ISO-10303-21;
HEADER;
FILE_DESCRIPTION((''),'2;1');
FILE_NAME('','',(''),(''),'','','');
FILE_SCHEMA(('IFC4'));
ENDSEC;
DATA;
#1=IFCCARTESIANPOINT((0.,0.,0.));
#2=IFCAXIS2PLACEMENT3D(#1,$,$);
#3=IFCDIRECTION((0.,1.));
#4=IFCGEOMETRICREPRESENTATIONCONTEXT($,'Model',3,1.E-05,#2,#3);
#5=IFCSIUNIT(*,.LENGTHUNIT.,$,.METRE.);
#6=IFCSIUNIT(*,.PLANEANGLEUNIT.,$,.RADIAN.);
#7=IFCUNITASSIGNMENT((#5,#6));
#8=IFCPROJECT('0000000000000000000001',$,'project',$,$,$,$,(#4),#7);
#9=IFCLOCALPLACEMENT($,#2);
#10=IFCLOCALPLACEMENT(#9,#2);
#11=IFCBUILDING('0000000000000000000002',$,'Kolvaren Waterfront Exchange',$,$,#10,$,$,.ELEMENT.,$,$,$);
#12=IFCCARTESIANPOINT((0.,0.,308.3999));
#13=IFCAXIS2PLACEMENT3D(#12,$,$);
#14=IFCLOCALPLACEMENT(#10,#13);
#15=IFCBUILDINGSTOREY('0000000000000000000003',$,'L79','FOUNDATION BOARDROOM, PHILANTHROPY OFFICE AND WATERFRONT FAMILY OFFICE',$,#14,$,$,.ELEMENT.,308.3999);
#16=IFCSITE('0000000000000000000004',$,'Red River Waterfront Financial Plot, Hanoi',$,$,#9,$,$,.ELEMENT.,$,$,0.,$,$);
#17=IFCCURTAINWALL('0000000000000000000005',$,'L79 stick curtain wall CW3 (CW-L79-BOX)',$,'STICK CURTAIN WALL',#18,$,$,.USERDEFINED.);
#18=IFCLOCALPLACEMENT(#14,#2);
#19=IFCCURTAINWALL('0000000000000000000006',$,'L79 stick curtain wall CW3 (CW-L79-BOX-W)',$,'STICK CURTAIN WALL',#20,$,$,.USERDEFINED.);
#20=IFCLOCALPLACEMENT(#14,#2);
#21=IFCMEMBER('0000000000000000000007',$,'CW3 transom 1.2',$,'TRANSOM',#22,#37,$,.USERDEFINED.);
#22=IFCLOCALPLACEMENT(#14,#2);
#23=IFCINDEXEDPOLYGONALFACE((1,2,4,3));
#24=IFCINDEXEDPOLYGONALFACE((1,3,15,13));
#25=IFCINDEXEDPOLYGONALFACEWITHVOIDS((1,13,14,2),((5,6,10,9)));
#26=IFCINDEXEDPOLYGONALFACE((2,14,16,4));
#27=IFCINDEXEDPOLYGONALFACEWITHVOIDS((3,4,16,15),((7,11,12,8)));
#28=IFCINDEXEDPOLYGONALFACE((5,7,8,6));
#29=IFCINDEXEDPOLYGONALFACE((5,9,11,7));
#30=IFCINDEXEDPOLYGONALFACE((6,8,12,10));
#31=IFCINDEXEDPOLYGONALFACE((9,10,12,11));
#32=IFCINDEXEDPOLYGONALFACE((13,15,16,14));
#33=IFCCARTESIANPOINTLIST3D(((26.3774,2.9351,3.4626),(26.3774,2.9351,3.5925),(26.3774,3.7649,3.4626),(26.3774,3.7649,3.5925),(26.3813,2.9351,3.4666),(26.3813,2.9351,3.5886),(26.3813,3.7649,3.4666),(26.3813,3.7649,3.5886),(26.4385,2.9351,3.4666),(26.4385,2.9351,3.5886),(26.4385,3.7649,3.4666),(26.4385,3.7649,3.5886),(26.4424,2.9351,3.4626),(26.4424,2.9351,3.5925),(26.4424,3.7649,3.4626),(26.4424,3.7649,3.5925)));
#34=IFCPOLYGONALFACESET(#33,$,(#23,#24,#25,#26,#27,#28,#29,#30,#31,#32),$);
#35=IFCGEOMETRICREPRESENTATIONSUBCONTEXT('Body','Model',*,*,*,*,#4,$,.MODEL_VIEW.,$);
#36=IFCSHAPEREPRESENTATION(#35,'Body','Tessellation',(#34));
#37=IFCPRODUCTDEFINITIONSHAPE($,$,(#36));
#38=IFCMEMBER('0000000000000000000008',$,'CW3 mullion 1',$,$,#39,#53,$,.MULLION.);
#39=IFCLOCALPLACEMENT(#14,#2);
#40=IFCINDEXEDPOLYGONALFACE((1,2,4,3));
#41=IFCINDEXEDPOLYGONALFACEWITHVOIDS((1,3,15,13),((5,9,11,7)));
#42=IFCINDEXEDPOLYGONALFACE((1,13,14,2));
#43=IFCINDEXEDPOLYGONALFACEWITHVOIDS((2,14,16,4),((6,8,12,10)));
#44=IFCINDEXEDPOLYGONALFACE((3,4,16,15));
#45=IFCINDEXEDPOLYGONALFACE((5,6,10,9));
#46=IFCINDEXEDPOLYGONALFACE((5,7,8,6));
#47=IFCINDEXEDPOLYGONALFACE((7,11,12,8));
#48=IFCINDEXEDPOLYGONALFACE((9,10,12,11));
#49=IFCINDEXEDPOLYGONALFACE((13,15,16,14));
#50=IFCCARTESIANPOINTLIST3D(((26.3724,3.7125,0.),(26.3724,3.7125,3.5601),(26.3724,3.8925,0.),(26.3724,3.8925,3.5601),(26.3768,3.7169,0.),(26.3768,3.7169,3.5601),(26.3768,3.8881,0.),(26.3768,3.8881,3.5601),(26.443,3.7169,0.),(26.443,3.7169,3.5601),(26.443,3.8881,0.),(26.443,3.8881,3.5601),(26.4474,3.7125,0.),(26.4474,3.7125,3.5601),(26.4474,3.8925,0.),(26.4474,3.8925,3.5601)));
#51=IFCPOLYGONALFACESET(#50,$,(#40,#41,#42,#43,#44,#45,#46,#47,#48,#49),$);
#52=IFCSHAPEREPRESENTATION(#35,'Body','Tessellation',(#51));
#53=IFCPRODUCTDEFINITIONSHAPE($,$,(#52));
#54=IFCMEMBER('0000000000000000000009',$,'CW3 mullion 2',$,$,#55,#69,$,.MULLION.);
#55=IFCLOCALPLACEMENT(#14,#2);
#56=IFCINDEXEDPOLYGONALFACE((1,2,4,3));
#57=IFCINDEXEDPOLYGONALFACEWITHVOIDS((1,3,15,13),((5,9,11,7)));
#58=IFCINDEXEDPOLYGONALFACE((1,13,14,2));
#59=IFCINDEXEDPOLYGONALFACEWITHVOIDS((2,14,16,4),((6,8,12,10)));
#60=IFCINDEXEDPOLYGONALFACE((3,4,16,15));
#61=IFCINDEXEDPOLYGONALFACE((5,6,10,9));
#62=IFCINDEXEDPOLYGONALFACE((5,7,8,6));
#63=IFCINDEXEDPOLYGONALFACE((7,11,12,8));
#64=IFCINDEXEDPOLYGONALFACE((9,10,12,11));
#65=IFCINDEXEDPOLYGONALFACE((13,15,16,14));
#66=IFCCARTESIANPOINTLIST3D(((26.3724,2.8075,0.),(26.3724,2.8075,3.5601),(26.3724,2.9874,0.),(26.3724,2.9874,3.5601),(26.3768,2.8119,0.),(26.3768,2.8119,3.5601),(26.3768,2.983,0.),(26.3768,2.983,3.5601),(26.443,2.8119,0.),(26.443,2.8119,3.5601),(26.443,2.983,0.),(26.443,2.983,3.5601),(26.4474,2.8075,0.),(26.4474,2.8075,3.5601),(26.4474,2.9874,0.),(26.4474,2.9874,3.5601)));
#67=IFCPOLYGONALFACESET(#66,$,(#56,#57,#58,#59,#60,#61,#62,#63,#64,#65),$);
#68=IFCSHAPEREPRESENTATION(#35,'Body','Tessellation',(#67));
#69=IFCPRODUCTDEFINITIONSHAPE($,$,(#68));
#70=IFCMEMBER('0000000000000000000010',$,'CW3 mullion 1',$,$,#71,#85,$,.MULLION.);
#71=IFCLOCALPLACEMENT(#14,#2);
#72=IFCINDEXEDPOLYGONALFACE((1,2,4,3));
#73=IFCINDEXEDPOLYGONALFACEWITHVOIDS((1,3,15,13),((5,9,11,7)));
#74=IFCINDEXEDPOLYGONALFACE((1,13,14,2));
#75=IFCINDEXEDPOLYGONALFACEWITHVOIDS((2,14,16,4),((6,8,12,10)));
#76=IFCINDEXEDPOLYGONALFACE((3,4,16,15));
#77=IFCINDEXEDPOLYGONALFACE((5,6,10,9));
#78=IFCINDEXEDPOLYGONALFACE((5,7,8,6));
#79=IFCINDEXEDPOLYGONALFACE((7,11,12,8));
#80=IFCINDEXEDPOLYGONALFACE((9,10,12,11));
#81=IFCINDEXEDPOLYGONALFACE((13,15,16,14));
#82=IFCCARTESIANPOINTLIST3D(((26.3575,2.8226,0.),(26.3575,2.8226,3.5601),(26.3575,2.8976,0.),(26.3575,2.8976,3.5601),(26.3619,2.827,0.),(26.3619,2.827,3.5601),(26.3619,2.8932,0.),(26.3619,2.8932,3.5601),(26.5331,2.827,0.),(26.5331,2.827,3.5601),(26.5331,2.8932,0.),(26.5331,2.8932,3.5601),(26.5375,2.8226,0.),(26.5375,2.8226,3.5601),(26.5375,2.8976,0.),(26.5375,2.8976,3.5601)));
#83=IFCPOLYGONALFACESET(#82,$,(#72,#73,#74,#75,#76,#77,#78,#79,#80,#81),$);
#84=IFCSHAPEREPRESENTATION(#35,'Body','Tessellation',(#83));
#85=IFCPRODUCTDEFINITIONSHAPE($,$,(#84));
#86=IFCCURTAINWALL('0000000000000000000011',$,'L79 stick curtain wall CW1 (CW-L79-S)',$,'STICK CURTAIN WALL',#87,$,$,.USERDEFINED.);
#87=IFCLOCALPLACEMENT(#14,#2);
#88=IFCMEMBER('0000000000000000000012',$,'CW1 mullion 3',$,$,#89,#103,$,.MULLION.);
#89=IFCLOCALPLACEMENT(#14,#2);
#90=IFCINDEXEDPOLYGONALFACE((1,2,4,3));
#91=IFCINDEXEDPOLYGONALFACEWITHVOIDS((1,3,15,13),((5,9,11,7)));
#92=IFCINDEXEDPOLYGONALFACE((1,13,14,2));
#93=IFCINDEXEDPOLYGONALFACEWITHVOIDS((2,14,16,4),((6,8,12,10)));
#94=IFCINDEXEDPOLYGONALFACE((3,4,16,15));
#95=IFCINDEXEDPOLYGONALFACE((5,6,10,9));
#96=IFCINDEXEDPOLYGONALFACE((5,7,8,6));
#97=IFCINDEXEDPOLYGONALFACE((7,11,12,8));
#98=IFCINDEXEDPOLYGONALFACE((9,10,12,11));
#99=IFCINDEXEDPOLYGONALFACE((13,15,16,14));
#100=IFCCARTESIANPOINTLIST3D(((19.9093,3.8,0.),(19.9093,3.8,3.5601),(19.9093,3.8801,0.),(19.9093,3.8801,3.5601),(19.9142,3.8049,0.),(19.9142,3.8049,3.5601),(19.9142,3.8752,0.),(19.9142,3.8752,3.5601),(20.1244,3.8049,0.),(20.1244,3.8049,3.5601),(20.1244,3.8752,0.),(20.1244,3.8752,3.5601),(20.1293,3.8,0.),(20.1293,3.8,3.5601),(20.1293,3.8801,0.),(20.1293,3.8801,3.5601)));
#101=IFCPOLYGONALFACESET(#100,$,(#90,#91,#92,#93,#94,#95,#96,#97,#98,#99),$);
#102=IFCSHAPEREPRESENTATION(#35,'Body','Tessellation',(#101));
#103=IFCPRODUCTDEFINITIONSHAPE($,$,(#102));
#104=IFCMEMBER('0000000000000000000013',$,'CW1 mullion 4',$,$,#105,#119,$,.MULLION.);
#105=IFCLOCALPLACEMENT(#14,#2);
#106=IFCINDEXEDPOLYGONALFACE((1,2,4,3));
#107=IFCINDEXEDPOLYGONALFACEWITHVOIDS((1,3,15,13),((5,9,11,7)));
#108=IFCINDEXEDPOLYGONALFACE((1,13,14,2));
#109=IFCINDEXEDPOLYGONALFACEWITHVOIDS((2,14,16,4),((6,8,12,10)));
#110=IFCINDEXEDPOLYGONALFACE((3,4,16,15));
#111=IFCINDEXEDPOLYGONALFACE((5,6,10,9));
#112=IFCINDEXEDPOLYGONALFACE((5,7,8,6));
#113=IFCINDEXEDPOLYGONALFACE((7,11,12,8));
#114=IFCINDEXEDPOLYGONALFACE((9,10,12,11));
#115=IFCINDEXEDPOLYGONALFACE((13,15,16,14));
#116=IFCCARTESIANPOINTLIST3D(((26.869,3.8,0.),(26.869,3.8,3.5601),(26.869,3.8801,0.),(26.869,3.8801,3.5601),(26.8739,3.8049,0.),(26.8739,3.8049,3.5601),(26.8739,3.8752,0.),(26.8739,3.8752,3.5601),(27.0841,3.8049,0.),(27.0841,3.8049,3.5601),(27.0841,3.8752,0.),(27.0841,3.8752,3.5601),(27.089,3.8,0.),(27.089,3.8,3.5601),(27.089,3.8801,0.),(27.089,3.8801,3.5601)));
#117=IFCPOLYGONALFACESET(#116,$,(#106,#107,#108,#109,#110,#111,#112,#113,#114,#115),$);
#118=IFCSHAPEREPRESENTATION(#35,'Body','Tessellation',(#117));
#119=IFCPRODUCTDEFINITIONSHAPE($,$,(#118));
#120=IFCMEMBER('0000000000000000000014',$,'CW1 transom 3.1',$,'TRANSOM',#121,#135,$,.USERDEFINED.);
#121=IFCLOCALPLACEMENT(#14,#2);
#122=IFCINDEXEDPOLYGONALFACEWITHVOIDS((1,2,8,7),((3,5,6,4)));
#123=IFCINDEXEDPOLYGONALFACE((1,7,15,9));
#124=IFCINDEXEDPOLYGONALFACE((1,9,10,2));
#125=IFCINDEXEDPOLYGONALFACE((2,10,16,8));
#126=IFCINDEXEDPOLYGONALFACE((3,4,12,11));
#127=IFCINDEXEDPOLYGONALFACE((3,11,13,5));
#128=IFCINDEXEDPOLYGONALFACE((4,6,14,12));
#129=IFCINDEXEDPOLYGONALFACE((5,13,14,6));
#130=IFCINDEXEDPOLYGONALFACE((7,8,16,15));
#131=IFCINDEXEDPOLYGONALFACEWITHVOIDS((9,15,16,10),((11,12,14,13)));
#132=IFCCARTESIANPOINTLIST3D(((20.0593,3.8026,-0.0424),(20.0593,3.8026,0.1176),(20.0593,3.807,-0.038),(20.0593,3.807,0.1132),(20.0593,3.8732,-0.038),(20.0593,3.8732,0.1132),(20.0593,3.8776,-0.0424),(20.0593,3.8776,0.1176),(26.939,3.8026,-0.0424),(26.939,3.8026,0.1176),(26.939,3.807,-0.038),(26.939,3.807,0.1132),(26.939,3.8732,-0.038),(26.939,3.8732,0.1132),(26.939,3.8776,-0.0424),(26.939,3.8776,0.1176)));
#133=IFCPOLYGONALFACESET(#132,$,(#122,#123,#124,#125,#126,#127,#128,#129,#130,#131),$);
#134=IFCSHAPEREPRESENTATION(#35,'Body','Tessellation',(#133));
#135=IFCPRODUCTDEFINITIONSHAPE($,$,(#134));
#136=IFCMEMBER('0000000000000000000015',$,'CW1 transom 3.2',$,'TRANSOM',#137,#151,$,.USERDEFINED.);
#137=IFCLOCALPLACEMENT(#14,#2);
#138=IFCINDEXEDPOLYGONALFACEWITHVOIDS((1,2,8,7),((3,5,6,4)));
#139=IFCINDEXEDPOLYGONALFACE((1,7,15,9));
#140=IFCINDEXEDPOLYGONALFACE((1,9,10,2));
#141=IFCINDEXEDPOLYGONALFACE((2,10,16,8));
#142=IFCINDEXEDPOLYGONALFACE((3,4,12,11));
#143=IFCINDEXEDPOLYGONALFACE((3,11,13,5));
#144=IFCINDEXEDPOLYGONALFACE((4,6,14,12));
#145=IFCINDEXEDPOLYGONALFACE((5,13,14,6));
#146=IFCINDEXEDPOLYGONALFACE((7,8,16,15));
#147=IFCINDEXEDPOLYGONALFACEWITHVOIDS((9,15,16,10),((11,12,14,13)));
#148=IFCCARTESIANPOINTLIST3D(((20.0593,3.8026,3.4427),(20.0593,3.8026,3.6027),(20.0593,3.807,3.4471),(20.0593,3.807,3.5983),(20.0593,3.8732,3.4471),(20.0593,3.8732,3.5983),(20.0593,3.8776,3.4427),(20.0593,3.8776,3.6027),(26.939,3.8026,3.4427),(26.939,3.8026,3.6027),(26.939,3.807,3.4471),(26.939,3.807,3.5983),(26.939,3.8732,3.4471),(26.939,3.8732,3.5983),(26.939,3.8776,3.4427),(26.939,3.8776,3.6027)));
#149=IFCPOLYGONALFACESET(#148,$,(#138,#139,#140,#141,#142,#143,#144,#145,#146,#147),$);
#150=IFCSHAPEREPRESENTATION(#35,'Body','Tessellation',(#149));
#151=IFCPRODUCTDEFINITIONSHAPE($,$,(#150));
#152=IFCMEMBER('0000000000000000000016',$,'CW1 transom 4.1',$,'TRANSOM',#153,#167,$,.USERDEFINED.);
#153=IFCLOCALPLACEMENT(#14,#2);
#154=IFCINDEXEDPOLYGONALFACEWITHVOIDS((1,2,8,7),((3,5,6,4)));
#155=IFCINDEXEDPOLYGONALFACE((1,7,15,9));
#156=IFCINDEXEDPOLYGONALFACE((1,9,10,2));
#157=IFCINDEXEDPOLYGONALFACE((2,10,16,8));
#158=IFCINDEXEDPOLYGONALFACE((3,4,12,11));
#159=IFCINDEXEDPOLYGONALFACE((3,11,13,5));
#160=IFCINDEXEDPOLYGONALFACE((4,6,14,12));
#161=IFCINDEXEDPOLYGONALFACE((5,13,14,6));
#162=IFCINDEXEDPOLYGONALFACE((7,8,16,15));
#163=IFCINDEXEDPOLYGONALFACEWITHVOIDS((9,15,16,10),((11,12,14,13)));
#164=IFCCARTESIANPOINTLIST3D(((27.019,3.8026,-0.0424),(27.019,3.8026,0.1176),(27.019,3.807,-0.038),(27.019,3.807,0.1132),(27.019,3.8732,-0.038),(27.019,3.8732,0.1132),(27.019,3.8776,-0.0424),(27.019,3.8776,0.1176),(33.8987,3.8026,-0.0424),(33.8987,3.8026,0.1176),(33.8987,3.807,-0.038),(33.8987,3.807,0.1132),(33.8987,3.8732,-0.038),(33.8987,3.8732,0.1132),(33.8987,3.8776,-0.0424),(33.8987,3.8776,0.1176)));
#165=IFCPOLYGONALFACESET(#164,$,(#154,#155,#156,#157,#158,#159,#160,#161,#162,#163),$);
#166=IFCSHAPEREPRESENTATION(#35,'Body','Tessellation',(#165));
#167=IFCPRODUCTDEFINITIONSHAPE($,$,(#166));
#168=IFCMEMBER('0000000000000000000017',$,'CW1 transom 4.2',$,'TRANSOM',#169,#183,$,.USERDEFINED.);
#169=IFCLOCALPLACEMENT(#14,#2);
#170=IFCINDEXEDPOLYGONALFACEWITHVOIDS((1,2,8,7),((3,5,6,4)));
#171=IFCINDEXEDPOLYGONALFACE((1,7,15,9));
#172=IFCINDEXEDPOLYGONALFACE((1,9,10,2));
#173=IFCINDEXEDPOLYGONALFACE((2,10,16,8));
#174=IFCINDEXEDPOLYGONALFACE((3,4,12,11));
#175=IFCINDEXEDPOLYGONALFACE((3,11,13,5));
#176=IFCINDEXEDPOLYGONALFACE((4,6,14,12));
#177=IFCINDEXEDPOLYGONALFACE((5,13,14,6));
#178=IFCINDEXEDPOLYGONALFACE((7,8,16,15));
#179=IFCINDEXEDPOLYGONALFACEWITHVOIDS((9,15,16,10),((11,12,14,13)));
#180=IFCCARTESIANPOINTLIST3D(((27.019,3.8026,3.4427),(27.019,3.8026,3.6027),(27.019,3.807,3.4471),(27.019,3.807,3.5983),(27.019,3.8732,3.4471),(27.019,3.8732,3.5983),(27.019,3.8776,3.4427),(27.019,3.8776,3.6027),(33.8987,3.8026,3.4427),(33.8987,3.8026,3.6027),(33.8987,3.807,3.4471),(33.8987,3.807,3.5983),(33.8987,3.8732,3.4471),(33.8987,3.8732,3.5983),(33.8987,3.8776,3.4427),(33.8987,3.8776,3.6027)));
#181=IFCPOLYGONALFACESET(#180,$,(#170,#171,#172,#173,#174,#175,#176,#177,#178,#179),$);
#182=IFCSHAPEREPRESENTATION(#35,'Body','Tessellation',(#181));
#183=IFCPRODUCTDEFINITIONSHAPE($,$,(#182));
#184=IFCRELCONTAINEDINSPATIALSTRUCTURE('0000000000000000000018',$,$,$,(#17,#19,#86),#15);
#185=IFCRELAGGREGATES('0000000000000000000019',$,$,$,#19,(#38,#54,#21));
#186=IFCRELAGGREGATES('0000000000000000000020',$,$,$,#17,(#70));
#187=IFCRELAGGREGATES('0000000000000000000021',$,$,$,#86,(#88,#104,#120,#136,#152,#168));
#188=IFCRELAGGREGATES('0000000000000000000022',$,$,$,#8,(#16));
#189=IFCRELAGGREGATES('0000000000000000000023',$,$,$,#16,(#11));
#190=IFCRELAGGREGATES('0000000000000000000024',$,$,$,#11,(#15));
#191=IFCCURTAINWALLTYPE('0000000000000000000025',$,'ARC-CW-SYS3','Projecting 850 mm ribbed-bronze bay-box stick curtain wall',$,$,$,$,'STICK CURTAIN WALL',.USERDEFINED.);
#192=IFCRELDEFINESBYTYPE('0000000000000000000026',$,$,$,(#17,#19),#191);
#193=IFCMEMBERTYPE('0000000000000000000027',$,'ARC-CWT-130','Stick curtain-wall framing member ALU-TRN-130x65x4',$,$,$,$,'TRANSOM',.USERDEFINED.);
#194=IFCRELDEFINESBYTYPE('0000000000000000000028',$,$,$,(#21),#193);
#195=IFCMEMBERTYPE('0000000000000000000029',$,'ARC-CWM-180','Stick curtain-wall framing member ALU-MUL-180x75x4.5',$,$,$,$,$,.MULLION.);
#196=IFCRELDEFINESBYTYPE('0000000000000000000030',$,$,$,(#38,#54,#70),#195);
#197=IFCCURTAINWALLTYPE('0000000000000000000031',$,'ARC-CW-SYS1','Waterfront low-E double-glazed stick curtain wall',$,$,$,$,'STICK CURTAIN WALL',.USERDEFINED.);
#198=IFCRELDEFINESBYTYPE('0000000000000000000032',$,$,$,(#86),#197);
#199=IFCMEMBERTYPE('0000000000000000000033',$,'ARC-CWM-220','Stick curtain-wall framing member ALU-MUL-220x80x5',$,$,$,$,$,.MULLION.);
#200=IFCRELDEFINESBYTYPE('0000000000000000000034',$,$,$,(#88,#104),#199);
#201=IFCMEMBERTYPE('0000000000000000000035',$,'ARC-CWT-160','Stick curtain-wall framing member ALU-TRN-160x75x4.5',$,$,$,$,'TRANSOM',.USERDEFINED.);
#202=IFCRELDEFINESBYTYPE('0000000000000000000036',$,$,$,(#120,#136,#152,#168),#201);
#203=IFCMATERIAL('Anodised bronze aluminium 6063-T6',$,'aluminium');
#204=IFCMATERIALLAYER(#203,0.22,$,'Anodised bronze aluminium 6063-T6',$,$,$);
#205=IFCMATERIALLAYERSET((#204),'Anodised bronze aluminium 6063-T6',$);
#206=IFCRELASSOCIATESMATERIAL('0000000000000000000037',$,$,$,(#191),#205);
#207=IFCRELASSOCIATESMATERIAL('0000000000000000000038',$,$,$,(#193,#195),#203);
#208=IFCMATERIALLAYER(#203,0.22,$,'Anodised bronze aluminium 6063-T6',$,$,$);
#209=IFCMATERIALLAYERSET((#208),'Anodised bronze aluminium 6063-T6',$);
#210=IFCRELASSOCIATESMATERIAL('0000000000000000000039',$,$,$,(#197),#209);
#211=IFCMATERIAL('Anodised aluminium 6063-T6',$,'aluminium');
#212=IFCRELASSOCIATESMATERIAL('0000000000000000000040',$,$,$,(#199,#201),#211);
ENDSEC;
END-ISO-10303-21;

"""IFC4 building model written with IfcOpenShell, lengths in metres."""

from ifc_helpers import new_model, si_unit, direction, frame, origin, origin_with_axes, origin_2d, place, context, subcontext, project, spatial, hollow_rectangle, extrude, source, transform, mapped, material, layer, layer_set, material_profile, profile_set, type_object, element, aggregate, save


model = new_model("IFC4")

# Units and contexts
model_context = context("Model", 3, precision=1e-05, world=origin(), true_north=direction((0.0, 1.0)))
body_context = subcontext(model_context, "Body", "Model", "MODEL_VIEW")
ifc_project = project(units=[si_unit("LENGTHUNIT", "METRE"), si_unit("PLANEANGLEUNIT", "RADIAN")], contexts=[model_context])

# Site, building, storey
site_placement = place(None, origin())
site = spatial("IfcSite", under=ifc_project, at=site_placement, Name="Red River Waterfront Financial Plot, Hanoi", CompositionType="ELEMENT", RefElevation=0.0)
building_placement = place(site_placement, origin())
building = spatial("IfcBuilding", under=site, at=building_placement, Name="Kolvaren Waterfront Exchange", CompositionType="ELEMENT")
storey_placement = place(building_placement, frame((0.0, 0.0, 308.3999)))
storey = spatial("IfcBuildingStorey", under=building, at=storey_placement, Name="L79", Description="FOUNDATION BOARDROOM, PHILANTHROPY OFFICE AND WATERFRONT FAMILY OFFICE", CompositionType="ELEMENT", Elevation=308.3999)

# Curtain walls, members
ifc_material_1 = material(Name="Anodised bronze aluminium 6063-T6", Category="aluminium")
ifc_layer_1 = layer(ifc_material_1, 0.22, Name="Anodised bronze aluminium 6063-T6")
ifc_layer_set_1 = layer_set([ifc_layer_1], Name="Anodised bronze aluminium 6063-T6")
curtain_wall_type_1 = type_object("IfcCurtainWallType", Name="ARC-CW-SYS3", Description="Projecting 850 mm ribbed-bronze bay-box stick curtain wall", ElementType="STICK CURTAIN WALL", PredefinedType="USERDEFINED", material=ifc_layer_set_1)
curtain_wall_1_placement = place(storey_placement, origin())
curtain_wall_1 = element("IfcCurtainWall", 1, at=curtain_wall_1_placement, inside=storey, type_object=curtain_wall_type_1, Name="L79 stick curtain wall CW3 (CW-L79-BOX)", ObjectType="STICK CURTAIN WALL", PredefinedType="USERDEFINED")
ifc_material_profile_1 = material_profile(ifc_material_1, hollow_rectangle(XDim=0.0649, YDim=0.1299, WallThickness=0.0039, at=origin_2d()), Name="ALU-TRN-130x65x4")
ifc_profile_set_1 = profile_set([ifc_material_profile_1], Name="Anodised bronze aluminium 6063-T6")
member_type_1 = type_object("IfcMemberType", Name="ARC-CWT-130", Description="Stick curtain-wall framing member ALU-TRN-130x65x4", ElementType="TRANSOM", PredefinedType="USERDEFINED", material=ifc_profile_set_1)
curtain_wall_2_placement = place(storey_placement, origin())
curtain_wall_2 = element("IfcCurtainWall", 2, at=curtain_wall_2_placement, inside=storey, type_object=curtain_wall_type_1, Name="L79 stick curtain wall CW3 (CW-L79-BOX-W)", ObjectType="STICK CURTAIN WALL", PredefinedType="USERDEFINED")
shared_shape_1 = source(origin_with_axes(), body_context, "Body", "SweptSolid", [
    extrude(hollow_rectangle(XDim=0.0649, YDim=0.1299, WallThickness=0.0039, at=origin_2d()), origin(), (0.0, 0.0, 1.0), 0.8298),
])
member_1_placement = place(storey_placement, frame((26.4099, 3.7649, 3.5276), z_axis=(0.0, -1.0, 0.0), x_axis=(1.0, 0.0, 0.0)))
member_1 = element("IfcMember", 3, at=member_1_placement, type_object=member_type_1, Name="CW3 transom 1.2", ObjectType="TRANSOM", PredefinedType="USERDEFINED", context=body_context, shape_type="MappedRepresentation", body=[
    mapped(shared_shape_1, transform((0.0, 0.0, 0.0), x_axis=(1.0, 0.0, 0.0), y_axis=(0.0, 1.0, 0.0), z_axis=(0.0, 0.0, 1.0), scale=1.0)),
])
ifc_material_profile_2 = material_profile(ifc_material_1, hollow_rectangle(XDim=0.075, YDim=0.1799, WallThickness=0.0044, at=origin_2d()), Name="ALU-MUL-180x75x4.5")
ifc_profile_set_2 = profile_set([ifc_material_profile_2], Name="Anodised bronze aluminium 6063-T6")
member_type_2 = type_object("IfcMemberType", Name="ARC-CWM-180", Description="Stick curtain-wall framing member ALU-MUL-180x75x4.5", PredefinedType="MULLION", material=ifc_profile_set_2)
shared_shape_2 = source(origin_with_axes(), body_context, "Body", "SweptSolid", [
    extrude(hollow_rectangle(XDim=0.075, YDim=0.1799, WallThickness=0.0044, at=origin_2d()), origin(), (0.0, 0.0, 1.0), 3.5601),
])
member_2_placement = place(storey_placement, frame((26.4099, 3.8025, 0.0), z_axis=(0.0, 0.0, 1.0), x_axis=(1.0, 0.0, 0.0)))
member_2 = element("IfcMember", 4, at=member_2_placement, type_object=member_type_2, Name="CW3 mullion 1", PredefinedType="MULLION", context=body_context, shape_type="MappedRepresentation", body=[
    mapped(shared_shape_2, transform((0.0, 0.0, 0.0), x_axis=(1.0, 0.0, 0.0), y_axis=(0.0, 1.0, 0.0), z_axis=(0.0, 0.0, 1.0), scale=1.0)),
])
member_3_placement = place(storey_placement, frame((26.4099, 2.8975, 0.0), z_axis=(0.0, 0.0, 1.0), x_axis=(1.0, 0.0, 0.0)))
member_3 = element("IfcMember", 5, at=member_3_placement, type_object=member_type_2, Name="CW3 mullion 2", PredefinedType="MULLION", context=body_context, shape_type="MappedRepresentation", body=[
    mapped(shared_shape_2, transform((0.0, 0.0, 0.0), x_axis=(1.0, 0.0, 0.0), y_axis=(0.0, 1.0, 0.0), z_axis=(0.0, 0.0, 1.0), scale=1.0)),
])

# Member
member_4_placement = place(storey_placement, frame((26.4475, 2.8601, 0.0), z_axis=(0.0, 0.0, 1.0), x_axis=(0.0, 1.0, 0.0)))
member_4 = element("IfcMember", 6, at=member_4_placement, type_object=member_type_2, Name="CW3 mullion 1", PredefinedType="MULLION", context=body_context, shape_type="MappedRepresentation", body=[
    mapped(shared_shape_2, transform((0.0, 0.0, 0.0), x_axis=(1.0, 0.0, 0.0), y_axis=(0.0, 1.0, 0.0), z_axis=(0.0, 0.0, 1.0), scale=1.0)),
])

# Curtain wall, members
ifc_layer_2 = layer(ifc_material_1, 0.22, Name="Anodised bronze aluminium 6063-T6")
ifc_layer_set_2 = layer_set([ifc_layer_2], Name="Anodised bronze aluminium 6063-T6")
curtain_wall_type_2 = type_object("IfcCurtainWallType", Name="ARC-CW-SYS1", Description="Waterfront low-E double-glazed stick curtain wall", ElementType="STICK CURTAIN WALL", PredefinedType="USERDEFINED", material=ifc_layer_set_2)
curtain_wall_3_placement = place(storey_placement, origin())
curtain_wall_3 = element("IfcCurtainWall", 7, at=curtain_wall_3_placement, inside=storey, type_object=curtain_wall_type_2, Name="L79 stick curtain wall CW1 (CW-L79-S)", ObjectType="STICK CURTAIN WALL", PredefinedType="USERDEFINED")
ifc_material_2 = material(Name="Anodised aluminium 6063-T6", Category="aluminium")
ifc_material_profile_3 = material_profile(ifc_material_2, hollow_rectangle(XDim=0.0801, YDim=0.22, WallThickness=0.0049, at=origin_2d()), Name="ALU-MUL-220x80x5")
ifc_profile_set_3 = profile_set([ifc_material_profile_3], Name="Anodised aluminium 6063-T6")
member_type_3 = type_object("IfcMemberType", Name="ARC-CWM-220", Description="Stick curtain-wall framing member ALU-MUL-220x80x5", PredefinedType="MULLION", material=ifc_profile_set_3)
shared_shape_3 = source(origin_with_axes(), body_context, "Body", "SweptSolid", [
    extrude(hollow_rectangle(XDim=0.0801, YDim=0.22, WallThickness=0.0049, at=origin_2d()), origin(), (0.0, 0.0, 1.0), 3.5601),
])
member_5_placement = place(storey_placement, frame((20.0193, 3.8401, 0.0), z_axis=(0.0, 0.0, 1.0), x_axis=(0.0, 1.0, 0.0)))
member_5 = element("IfcMember", 8, at=member_5_placement, type_object=member_type_3, Name="CW1 mullion 3", PredefinedType="MULLION", context=body_context, shape_type="MappedRepresentation", body=[
    mapped(shared_shape_3, transform((0.0, 0.0, 0.0), x_axis=(1.0, 0.0, 0.0), y_axis=(0.0, 1.0, 0.0), z_axis=(0.0, 0.0, 1.0), scale=1.0)),
])
member_6_placement = place(storey_placement, frame((26.979, 3.8401, 0.0), z_axis=(0.0, 0.0, 1.0), x_axis=(0.0, 1.0, 0.0)))
member_6 = element("IfcMember", 9, at=member_6_placement, type_object=member_type_3, Name="CW1 mullion 4", PredefinedType="MULLION", context=body_context, shape_type="MappedRepresentation", body=[
    mapped(shared_shape_3, transform((0.0, 0.0, 0.0), x_axis=(1.0, 0.0, 0.0), y_axis=(0.0, 1.0, 0.0), z_axis=(0.0, 0.0, 1.0), scale=1.0)),
])
ifc_material_profile_4 = material_profile(ifc_material_2, hollow_rectangle(XDim=0.075, YDim=0.1599, WallThickness=0.0044, at=origin_2d()), Name="ALU-TRN-160x75x4.5")
ifc_profile_set_4 = profile_set([ifc_material_profile_4], Name="Anodised aluminium 6063-T6")
member_type_4 = type_object("IfcMemberType", Name="ARC-CWT-160", Description="Stick curtain-wall framing member ALU-TRN-160x75x4.5", ElementType="TRANSOM", PredefinedType="USERDEFINED", material=ifc_profile_set_4)
shared_shape_4 = source(origin_with_axes(), body_context, "Body", "SweptSolid", [
    extrude(hollow_rectangle(XDim=0.075, YDim=0.1599, WallThickness=0.0044, at=origin_2d()), origin(), (0.0, 0.0, 1.0), 6.8796),
])
member_7_placement = place(storey_placement, frame((20.0593, 3.8401, 0.0376), z_axis=(1.0, 0.0, 0.0), x_axis=(0.0, 1.0, 0.0)))
member_7 = element("IfcMember", 10, at=member_7_placement, type_object=member_type_4, Name="CW1 transom 3.1", ObjectType="TRANSOM", PredefinedType="USERDEFINED", context=body_context, shape_type="MappedRepresentation", body=[
    mapped(shared_shape_4, transform((0.0, 0.0, 0.0), x_axis=(1.0, 0.0, 0.0), y_axis=(0.0, 1.0, 0.0), z_axis=(0.0, 0.0, 1.0), scale=1.0)),
])
member_8_placement = place(storey_placement, frame((20.0593, 3.8401, 3.5227), z_axis=(1.0, 0.0, 0.0), x_axis=(0.0, 1.0, 0.0)))
member_8 = element("IfcMember", 11, at=member_8_placement, type_object=member_type_4, Name="CW1 transom 3.2", ObjectType="TRANSOM", PredefinedType="USERDEFINED", context=body_context, shape_type="MappedRepresentation", body=[
    mapped(shared_shape_4, transform((0.0, 0.0, 0.0), x_axis=(1.0, 0.0, 0.0), y_axis=(0.0, 1.0, 0.0), z_axis=(0.0, 0.0, 1.0), scale=1.0)),
])
member_9_placement = place(storey_placement, frame((27.019, 3.8401, 0.0376), z_axis=(1.0, 0.0, 0.0), x_axis=(0.0, 1.0, 0.0)))
member_9 = element("IfcMember", 12, at=member_9_placement, type_object=member_type_4, Name="CW1 transom 4.1", ObjectType="TRANSOM", PredefinedType="USERDEFINED", context=body_context, shape_type="MappedRepresentation", body=[
    mapped(shared_shape_4, transform((0.0, 0.0, 0.0), x_axis=(1.0, 0.0, 0.0), y_axis=(0.0, 1.0, 0.0), z_axis=(0.0, 0.0, 1.0), scale=1.0)),
])
member_10_placement = place(storey_placement, frame((27.019, 3.8401, 3.5227), z_axis=(1.0, 0.0, 0.0), x_axis=(0.0, 1.0, 0.0)))
member_10 = element("IfcMember", 13, at=member_10_placement, type_object=member_type_4, Name="CW1 transom 4.2", ObjectType="TRANSOM", PredefinedType="USERDEFINED", context=body_context, shape_type="MappedRepresentation", body=[
    mapped(shared_shape_4, transform((0.0, 0.0, 0.0), x_axis=(1.0, 0.0, 0.0), y_axis=(0.0, 1.0, 0.0), z_axis=(0.0, 0.0, 1.0), scale=1.0)),
])

aggregate(curtain_wall_2, [member_2, member_3, member_1])
aggregate(curtain_wall_1, [member_4])
aggregate(curtain_wall_3, [member_5, member_6, member_7, member_8, member_9, member_10])

save(model, "model.ifc")
